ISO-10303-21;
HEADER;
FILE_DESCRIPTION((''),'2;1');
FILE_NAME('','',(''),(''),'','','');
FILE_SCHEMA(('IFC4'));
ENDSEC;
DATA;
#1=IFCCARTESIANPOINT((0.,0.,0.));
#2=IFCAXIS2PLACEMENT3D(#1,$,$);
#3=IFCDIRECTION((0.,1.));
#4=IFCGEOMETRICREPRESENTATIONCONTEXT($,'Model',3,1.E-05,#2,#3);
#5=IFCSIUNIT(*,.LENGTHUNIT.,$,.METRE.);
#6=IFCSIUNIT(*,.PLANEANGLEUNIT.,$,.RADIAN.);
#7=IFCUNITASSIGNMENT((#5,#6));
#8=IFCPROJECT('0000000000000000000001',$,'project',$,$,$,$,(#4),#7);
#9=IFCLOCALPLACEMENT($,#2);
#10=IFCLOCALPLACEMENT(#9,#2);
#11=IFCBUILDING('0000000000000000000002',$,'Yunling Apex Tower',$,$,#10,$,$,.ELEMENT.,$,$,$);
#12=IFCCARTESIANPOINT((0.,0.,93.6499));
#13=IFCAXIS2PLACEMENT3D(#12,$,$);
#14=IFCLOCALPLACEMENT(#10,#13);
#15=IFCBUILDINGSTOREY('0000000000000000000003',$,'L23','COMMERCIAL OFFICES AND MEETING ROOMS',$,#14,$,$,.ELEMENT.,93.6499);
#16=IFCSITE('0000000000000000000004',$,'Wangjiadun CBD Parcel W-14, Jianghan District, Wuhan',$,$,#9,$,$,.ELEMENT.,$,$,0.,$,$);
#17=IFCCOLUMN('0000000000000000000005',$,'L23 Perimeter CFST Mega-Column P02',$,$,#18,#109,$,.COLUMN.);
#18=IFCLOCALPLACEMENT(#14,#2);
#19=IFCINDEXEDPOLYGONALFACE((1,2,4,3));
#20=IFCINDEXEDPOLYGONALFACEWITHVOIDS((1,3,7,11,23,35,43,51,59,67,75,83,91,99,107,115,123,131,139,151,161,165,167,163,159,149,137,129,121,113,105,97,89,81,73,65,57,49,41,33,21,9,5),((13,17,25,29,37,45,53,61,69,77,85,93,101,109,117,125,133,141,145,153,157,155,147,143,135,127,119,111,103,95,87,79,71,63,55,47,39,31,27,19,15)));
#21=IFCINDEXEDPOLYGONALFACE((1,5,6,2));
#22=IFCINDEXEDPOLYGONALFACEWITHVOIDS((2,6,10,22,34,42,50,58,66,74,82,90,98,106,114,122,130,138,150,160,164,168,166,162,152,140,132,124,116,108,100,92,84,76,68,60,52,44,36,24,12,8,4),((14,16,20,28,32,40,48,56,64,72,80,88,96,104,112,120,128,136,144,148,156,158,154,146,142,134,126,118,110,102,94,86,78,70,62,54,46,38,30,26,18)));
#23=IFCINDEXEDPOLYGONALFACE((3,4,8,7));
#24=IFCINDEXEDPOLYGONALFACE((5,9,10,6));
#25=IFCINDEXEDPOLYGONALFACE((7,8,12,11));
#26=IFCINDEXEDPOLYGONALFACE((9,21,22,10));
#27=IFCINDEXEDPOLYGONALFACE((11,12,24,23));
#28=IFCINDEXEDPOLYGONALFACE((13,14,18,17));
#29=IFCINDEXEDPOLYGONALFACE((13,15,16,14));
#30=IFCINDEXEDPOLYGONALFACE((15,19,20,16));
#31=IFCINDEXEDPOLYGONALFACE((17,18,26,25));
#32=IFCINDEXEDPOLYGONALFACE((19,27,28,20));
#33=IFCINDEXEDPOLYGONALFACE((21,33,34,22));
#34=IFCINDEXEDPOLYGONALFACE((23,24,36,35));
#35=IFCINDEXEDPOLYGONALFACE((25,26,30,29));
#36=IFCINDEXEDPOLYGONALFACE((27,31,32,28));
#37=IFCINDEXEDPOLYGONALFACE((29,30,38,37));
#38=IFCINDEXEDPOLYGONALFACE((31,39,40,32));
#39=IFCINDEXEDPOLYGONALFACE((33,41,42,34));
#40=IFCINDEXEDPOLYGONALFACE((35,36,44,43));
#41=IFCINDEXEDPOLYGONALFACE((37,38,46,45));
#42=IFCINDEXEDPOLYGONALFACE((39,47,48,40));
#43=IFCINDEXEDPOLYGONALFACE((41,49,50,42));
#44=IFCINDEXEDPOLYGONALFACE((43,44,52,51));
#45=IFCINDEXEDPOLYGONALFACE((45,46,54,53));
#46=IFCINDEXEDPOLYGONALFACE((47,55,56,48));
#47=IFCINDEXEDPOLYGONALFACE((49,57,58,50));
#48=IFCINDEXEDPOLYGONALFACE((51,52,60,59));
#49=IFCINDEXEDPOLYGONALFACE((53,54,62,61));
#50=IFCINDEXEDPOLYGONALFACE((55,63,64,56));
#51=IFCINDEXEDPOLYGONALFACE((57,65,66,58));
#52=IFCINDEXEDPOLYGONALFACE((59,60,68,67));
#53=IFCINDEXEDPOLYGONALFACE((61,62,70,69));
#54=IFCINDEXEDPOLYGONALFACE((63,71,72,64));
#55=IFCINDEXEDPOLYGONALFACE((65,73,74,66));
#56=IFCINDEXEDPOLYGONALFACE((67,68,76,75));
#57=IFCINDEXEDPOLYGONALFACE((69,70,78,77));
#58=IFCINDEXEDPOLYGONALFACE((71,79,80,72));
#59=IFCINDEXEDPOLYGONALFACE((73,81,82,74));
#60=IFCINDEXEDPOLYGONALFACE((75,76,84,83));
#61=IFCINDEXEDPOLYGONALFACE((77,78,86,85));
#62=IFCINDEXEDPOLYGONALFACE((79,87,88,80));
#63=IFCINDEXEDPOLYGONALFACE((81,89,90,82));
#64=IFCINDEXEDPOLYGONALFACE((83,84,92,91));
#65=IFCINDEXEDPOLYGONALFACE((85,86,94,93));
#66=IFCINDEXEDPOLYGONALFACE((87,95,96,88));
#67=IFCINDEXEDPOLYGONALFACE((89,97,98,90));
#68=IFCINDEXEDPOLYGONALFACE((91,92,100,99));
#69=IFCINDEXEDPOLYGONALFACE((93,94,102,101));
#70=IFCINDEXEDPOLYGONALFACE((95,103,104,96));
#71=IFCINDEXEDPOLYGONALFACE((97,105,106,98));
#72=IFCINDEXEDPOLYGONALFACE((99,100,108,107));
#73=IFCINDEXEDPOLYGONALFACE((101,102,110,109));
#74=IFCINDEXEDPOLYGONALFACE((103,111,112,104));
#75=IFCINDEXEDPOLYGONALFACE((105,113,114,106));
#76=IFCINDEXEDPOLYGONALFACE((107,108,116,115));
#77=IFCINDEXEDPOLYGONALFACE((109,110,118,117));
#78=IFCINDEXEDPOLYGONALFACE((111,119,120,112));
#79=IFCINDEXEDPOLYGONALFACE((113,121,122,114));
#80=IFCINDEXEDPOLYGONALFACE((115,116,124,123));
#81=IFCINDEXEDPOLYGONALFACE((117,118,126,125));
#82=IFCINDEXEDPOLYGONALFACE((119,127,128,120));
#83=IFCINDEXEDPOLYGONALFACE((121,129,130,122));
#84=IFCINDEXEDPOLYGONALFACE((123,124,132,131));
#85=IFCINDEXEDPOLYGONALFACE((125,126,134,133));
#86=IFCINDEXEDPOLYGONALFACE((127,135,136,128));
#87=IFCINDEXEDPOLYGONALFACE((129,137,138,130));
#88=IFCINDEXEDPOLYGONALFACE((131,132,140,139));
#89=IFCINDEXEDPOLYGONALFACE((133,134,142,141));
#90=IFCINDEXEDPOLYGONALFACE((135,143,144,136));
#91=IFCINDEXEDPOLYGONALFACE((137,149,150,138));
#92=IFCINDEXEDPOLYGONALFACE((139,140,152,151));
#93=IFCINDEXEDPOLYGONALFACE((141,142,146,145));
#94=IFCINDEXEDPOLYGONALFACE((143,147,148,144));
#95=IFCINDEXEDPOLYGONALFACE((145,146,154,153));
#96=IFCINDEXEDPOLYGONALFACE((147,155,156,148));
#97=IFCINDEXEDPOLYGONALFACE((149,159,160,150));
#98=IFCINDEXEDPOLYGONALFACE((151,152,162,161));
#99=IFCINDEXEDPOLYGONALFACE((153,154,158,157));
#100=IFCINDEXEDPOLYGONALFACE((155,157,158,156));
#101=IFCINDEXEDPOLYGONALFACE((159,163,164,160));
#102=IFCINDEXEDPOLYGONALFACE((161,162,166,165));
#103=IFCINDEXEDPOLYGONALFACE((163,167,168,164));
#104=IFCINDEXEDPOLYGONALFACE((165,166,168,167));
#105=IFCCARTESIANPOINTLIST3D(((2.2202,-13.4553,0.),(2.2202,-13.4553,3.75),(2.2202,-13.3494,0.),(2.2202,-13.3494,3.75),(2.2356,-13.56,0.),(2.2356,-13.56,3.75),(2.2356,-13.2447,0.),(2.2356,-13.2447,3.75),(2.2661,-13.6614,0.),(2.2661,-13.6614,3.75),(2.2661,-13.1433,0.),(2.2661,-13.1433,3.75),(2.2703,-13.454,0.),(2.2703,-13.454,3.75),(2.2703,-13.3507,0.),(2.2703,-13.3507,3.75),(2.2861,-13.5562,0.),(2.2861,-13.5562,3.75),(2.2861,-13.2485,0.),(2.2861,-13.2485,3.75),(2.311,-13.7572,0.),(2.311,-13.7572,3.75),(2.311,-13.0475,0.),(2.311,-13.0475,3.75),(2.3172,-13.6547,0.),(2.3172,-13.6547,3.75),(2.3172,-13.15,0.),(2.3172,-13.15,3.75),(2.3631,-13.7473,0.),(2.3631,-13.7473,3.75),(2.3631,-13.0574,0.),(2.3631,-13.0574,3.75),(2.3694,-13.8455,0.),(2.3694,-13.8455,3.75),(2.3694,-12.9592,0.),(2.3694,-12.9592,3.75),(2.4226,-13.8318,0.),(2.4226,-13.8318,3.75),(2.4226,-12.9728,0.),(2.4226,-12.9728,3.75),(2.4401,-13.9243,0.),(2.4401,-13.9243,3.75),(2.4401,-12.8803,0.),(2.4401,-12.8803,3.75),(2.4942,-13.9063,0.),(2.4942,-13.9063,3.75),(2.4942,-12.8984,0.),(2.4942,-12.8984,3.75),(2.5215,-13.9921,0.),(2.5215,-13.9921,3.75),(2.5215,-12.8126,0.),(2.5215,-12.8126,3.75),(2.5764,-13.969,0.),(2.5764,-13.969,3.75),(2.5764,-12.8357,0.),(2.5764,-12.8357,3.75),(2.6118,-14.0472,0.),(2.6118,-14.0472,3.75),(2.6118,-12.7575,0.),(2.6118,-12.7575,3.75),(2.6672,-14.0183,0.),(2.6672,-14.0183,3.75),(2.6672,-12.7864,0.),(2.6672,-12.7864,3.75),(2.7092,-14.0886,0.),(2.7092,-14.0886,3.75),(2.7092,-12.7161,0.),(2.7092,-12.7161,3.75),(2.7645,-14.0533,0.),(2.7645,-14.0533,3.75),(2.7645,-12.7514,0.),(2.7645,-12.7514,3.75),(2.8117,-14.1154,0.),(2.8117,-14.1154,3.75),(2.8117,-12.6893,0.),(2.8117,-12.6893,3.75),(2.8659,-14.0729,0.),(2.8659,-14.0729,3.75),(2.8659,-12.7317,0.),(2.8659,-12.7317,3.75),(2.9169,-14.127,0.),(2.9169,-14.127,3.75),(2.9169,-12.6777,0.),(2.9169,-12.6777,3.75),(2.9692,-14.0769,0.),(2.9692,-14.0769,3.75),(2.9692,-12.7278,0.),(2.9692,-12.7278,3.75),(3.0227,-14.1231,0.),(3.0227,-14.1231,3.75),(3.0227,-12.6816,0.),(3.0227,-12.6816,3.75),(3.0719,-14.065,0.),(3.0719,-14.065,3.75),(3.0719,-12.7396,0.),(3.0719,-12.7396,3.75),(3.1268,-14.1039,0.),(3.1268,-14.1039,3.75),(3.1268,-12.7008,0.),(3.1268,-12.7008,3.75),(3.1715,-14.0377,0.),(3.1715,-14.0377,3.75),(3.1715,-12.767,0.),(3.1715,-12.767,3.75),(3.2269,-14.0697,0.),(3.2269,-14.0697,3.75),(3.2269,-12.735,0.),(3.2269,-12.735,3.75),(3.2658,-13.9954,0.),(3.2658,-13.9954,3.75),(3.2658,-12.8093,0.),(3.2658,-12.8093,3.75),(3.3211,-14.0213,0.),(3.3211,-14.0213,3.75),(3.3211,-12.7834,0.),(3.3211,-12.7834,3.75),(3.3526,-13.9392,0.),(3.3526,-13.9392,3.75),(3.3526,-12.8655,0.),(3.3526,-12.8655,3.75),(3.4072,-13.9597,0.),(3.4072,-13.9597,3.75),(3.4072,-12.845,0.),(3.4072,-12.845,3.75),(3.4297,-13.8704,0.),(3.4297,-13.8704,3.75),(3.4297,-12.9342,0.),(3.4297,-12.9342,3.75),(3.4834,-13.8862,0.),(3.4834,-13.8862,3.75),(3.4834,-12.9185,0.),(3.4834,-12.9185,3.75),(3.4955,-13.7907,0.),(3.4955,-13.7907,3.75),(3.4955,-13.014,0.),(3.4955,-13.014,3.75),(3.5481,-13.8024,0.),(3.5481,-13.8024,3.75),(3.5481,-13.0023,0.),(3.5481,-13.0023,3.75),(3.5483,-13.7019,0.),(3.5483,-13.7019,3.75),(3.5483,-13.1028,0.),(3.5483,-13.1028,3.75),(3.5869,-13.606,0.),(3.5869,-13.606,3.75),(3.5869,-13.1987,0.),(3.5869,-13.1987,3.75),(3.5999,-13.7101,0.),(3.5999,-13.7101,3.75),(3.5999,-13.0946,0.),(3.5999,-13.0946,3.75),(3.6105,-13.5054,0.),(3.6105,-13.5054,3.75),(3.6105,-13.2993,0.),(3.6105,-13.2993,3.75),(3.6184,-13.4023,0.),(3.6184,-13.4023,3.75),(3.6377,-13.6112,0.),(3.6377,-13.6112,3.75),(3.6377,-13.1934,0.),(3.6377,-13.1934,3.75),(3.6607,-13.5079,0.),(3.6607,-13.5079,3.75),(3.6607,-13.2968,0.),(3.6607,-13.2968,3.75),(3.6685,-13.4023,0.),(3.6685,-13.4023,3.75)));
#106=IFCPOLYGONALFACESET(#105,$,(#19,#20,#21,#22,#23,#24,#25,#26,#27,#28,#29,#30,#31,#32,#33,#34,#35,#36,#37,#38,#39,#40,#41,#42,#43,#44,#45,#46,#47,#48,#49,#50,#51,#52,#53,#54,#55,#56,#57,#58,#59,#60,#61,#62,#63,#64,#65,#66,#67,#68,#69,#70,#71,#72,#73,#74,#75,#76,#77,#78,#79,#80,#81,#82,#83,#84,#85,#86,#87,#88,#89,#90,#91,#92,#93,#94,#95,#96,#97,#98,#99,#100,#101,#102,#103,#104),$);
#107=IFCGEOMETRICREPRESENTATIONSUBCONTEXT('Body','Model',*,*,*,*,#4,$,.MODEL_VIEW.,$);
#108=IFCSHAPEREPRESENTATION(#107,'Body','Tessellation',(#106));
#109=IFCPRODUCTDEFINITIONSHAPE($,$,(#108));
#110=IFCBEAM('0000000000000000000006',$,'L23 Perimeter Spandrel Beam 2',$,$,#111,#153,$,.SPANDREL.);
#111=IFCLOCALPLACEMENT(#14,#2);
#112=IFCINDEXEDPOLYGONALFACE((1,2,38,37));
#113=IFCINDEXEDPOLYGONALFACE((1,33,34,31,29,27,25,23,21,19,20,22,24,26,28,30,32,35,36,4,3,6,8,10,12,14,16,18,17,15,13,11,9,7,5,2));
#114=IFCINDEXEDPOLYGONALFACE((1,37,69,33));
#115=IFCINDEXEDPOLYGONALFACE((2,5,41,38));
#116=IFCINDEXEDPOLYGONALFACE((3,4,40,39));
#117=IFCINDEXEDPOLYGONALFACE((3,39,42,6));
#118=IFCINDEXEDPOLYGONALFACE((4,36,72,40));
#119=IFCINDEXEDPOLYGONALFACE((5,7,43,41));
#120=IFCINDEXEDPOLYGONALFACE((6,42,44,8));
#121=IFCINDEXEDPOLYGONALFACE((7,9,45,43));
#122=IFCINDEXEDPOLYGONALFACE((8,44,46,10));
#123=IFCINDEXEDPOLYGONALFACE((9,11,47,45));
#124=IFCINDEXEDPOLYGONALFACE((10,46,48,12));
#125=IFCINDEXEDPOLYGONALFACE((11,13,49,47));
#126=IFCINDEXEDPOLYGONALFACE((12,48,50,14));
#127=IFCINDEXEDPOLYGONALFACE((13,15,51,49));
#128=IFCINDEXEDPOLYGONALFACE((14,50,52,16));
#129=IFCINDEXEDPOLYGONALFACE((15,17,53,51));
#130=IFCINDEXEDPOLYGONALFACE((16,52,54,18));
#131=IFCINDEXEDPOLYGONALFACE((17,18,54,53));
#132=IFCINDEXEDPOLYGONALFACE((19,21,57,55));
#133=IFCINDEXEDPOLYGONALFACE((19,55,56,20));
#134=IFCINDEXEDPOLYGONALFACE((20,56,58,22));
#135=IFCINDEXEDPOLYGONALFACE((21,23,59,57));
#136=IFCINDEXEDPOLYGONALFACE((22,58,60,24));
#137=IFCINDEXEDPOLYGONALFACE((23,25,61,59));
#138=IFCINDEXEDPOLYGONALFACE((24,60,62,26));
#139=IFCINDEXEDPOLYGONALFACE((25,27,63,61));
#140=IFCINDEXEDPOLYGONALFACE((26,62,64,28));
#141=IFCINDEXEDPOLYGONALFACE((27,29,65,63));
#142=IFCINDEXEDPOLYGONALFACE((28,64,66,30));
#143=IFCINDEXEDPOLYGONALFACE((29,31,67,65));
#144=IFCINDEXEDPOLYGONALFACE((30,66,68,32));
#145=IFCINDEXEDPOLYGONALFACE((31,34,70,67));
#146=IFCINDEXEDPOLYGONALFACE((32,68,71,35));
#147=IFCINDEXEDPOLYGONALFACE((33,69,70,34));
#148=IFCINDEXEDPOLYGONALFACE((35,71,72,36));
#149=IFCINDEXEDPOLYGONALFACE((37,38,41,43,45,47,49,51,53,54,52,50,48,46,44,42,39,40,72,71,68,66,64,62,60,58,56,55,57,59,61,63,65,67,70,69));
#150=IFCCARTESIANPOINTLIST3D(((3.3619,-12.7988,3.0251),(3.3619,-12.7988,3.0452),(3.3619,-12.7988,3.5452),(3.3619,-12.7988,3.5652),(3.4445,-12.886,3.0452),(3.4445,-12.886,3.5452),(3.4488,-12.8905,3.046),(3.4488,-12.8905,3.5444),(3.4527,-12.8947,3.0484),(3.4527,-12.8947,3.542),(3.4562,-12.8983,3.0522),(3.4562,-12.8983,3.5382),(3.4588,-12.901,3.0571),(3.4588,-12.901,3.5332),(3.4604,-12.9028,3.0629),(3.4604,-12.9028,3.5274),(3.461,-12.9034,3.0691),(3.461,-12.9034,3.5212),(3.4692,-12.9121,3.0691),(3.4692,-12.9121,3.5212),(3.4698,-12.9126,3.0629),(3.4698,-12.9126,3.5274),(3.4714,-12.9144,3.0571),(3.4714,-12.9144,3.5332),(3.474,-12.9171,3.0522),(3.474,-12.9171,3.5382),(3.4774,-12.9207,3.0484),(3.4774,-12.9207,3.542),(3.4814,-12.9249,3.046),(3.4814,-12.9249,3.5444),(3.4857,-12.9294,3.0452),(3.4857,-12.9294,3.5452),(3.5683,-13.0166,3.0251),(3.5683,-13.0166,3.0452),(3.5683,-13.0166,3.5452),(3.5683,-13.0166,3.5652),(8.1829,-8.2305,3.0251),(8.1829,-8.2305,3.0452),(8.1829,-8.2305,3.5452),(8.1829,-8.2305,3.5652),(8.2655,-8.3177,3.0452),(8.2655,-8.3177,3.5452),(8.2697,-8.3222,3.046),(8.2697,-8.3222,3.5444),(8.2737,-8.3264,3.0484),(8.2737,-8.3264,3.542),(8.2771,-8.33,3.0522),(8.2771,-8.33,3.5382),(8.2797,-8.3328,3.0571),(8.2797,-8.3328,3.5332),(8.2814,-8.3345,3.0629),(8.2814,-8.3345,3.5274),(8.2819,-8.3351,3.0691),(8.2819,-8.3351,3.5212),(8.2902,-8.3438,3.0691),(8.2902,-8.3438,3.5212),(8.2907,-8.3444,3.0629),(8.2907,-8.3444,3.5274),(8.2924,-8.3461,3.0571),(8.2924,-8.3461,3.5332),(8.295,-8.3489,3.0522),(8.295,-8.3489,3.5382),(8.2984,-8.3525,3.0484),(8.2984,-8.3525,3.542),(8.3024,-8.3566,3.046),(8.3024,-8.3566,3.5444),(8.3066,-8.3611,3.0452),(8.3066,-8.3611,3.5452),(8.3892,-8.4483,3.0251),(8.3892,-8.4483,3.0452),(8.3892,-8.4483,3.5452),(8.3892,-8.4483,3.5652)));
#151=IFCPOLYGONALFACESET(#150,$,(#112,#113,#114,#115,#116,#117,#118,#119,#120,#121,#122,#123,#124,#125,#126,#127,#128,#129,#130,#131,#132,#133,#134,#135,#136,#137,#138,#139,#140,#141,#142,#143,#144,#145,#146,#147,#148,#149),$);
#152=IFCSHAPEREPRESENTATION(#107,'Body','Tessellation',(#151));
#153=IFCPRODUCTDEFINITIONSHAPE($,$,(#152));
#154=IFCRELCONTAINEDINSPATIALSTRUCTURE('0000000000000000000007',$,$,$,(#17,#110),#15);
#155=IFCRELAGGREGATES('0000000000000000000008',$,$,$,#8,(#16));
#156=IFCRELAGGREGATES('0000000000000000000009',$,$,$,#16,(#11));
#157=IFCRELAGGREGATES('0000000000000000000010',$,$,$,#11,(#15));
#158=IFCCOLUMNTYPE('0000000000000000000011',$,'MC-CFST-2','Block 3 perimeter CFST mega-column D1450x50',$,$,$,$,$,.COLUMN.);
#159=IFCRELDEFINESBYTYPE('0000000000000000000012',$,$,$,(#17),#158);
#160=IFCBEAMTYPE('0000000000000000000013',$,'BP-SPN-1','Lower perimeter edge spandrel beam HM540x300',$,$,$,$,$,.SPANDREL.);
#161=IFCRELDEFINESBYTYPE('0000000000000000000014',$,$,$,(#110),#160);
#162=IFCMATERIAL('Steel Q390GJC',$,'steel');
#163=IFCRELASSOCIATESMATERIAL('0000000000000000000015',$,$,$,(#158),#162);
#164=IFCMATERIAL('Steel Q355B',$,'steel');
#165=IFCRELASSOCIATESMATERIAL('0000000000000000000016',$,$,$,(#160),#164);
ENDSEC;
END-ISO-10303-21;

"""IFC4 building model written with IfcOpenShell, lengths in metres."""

from ifc_helpers import new_model, si_unit, direction, frame, origin, origin_2d, place, context, subcontext, project, spatial, hollow_circle, i_section, extrude, source, transform, mapped, material, material_profile, profile_set, type_object, element, save


model = new_model("IFC4")

# Units and contexts
model_context = context("Model", 3, precision=1e-05, world=origin(), true_north=direction((0.0, 1.0)))
body_context = subcontext(model_context, "Body", "Model", "MODEL_VIEW")
ifc_project = project(units=[si_unit("LENGTHUNIT", "METRE"), si_unit("PLANEANGLEUNIT", "RADIAN")], contexts=[model_context])

# Site, building, storey
site_placement = place(None, origin())
site = spatial("IfcSite", under=ifc_project, at=site_placement, Name="Wangjiadun CBD Parcel W-14, Jianghan District, Wuhan", CompositionType="ELEMENT", RefElevation=0.0)
building_placement = place(site_placement, origin())
building = spatial("IfcBuilding", under=site, at=building_placement, Name="Yunling Apex Tower", CompositionType="ELEMENT")
storey_placement = place(building_placement, frame((0.0, 0.0, 93.6499)))
storey = spatial("IfcBuildingStorey", under=building, at=storey_placement, Name="L23", Description="COMMERCIAL OFFICES AND MEETING ROOMS", CompositionType="ELEMENT", Elevation=93.6499)

# Column
ifc_material_1 = material(Name="Steel Q390GJC", Category="steel")
ifc_material_profile_1 = material_profile(ifc_material_1, hollow_circle(Radius=0.7251, WallThickness=0.05, at=origin_2d()))
ifc_profile_set_1 = profile_set([ifc_material_profile_1], Name="Steel Q390GJC")
column_type = type_object("IfcColumnType", Name="MC-CFST-2", Description="Block 3 perimeter CFST mega-column D1450x50", PredefinedType="COLUMN", material=ifc_profile_set_1)
shared_shape_1 = source(origin(), body_context, "Body", "SweptSolid", [
    extrude(hollow_circle(Radius=0.7251, WallThickness=0.05, at=origin_2d()), origin(), (0.0, 0.0, 1.0), 3.75),
])
column_placement = place(storey_placement, frame((2.9434, -13.4023, 0.0), z_axis=(0.0, 0.0, 1.0), x_axis=(1.0, 0.0, 0.0)))
element("IfcColumn", 1, at=column_placement, inside=storey, type_object=column_type, Name="L23 Perimeter CFST Mega-Column P02", PredefinedType="COLUMN", context=body_context, shape_type="MappedRepresentation", body=[
    mapped(shared_shape_1, transform((0.0, 0.0, 0.0), scale=1.0)),
])

# Beam
ifc_material_2 = material(Name="Steel Q355B", Category="steel")
ifc_material_profile_2 = material_profile(ifc_material_2, i_section(OverallWidth=0.3, OverallDepth=0.54, WebThickness=0.012, FlangeThickness=0.02, FilletRadius=0.0239, at=origin_2d()))
ifc_profile_set_2 = profile_set([ifc_material_profile_2], Name="Steel Q355B")
beam_type_1 = type_object("IfcBeamType", Name="BP-SPN-1", Description="Lower perimeter edge spandrel beam HM540x300", PredefinedType="SPANDREL", material=ifc_profile_set_2)
shared_shape_2 = source(origin(), body_context, "Body", "SweptSolid", [
    extrude(i_section(OverallWidth=0.3, OverallDepth=0.54, WebThickness=0.012, FlangeThickness=0.02, FilletRadius=0.0239, at=origin_2d()), origin(), (0.0, 0.0, 1.0), 6.6416),
])
beam_1_placement = place(storey_placement, frame((3.4651, -12.9077, 3.2952), z_axis=(0.725873, 0.687828, 0.0), x_axis=(-0.687828, 0.725873, 0.0)))
element("IfcBeam", 2, at=beam_1_placement, inside=storey, type_object=beam_type_1, Name="L23 Perimeter Spandrel Beam 2", PredefinedType="SPANDREL", context=body_context, shape_type="MappedRepresentation", body=[
    mapped(shared_shape_2, transform((0.0, 0.0, 0.0), scale=1.0)),
])

save(model, "model.ifc")
